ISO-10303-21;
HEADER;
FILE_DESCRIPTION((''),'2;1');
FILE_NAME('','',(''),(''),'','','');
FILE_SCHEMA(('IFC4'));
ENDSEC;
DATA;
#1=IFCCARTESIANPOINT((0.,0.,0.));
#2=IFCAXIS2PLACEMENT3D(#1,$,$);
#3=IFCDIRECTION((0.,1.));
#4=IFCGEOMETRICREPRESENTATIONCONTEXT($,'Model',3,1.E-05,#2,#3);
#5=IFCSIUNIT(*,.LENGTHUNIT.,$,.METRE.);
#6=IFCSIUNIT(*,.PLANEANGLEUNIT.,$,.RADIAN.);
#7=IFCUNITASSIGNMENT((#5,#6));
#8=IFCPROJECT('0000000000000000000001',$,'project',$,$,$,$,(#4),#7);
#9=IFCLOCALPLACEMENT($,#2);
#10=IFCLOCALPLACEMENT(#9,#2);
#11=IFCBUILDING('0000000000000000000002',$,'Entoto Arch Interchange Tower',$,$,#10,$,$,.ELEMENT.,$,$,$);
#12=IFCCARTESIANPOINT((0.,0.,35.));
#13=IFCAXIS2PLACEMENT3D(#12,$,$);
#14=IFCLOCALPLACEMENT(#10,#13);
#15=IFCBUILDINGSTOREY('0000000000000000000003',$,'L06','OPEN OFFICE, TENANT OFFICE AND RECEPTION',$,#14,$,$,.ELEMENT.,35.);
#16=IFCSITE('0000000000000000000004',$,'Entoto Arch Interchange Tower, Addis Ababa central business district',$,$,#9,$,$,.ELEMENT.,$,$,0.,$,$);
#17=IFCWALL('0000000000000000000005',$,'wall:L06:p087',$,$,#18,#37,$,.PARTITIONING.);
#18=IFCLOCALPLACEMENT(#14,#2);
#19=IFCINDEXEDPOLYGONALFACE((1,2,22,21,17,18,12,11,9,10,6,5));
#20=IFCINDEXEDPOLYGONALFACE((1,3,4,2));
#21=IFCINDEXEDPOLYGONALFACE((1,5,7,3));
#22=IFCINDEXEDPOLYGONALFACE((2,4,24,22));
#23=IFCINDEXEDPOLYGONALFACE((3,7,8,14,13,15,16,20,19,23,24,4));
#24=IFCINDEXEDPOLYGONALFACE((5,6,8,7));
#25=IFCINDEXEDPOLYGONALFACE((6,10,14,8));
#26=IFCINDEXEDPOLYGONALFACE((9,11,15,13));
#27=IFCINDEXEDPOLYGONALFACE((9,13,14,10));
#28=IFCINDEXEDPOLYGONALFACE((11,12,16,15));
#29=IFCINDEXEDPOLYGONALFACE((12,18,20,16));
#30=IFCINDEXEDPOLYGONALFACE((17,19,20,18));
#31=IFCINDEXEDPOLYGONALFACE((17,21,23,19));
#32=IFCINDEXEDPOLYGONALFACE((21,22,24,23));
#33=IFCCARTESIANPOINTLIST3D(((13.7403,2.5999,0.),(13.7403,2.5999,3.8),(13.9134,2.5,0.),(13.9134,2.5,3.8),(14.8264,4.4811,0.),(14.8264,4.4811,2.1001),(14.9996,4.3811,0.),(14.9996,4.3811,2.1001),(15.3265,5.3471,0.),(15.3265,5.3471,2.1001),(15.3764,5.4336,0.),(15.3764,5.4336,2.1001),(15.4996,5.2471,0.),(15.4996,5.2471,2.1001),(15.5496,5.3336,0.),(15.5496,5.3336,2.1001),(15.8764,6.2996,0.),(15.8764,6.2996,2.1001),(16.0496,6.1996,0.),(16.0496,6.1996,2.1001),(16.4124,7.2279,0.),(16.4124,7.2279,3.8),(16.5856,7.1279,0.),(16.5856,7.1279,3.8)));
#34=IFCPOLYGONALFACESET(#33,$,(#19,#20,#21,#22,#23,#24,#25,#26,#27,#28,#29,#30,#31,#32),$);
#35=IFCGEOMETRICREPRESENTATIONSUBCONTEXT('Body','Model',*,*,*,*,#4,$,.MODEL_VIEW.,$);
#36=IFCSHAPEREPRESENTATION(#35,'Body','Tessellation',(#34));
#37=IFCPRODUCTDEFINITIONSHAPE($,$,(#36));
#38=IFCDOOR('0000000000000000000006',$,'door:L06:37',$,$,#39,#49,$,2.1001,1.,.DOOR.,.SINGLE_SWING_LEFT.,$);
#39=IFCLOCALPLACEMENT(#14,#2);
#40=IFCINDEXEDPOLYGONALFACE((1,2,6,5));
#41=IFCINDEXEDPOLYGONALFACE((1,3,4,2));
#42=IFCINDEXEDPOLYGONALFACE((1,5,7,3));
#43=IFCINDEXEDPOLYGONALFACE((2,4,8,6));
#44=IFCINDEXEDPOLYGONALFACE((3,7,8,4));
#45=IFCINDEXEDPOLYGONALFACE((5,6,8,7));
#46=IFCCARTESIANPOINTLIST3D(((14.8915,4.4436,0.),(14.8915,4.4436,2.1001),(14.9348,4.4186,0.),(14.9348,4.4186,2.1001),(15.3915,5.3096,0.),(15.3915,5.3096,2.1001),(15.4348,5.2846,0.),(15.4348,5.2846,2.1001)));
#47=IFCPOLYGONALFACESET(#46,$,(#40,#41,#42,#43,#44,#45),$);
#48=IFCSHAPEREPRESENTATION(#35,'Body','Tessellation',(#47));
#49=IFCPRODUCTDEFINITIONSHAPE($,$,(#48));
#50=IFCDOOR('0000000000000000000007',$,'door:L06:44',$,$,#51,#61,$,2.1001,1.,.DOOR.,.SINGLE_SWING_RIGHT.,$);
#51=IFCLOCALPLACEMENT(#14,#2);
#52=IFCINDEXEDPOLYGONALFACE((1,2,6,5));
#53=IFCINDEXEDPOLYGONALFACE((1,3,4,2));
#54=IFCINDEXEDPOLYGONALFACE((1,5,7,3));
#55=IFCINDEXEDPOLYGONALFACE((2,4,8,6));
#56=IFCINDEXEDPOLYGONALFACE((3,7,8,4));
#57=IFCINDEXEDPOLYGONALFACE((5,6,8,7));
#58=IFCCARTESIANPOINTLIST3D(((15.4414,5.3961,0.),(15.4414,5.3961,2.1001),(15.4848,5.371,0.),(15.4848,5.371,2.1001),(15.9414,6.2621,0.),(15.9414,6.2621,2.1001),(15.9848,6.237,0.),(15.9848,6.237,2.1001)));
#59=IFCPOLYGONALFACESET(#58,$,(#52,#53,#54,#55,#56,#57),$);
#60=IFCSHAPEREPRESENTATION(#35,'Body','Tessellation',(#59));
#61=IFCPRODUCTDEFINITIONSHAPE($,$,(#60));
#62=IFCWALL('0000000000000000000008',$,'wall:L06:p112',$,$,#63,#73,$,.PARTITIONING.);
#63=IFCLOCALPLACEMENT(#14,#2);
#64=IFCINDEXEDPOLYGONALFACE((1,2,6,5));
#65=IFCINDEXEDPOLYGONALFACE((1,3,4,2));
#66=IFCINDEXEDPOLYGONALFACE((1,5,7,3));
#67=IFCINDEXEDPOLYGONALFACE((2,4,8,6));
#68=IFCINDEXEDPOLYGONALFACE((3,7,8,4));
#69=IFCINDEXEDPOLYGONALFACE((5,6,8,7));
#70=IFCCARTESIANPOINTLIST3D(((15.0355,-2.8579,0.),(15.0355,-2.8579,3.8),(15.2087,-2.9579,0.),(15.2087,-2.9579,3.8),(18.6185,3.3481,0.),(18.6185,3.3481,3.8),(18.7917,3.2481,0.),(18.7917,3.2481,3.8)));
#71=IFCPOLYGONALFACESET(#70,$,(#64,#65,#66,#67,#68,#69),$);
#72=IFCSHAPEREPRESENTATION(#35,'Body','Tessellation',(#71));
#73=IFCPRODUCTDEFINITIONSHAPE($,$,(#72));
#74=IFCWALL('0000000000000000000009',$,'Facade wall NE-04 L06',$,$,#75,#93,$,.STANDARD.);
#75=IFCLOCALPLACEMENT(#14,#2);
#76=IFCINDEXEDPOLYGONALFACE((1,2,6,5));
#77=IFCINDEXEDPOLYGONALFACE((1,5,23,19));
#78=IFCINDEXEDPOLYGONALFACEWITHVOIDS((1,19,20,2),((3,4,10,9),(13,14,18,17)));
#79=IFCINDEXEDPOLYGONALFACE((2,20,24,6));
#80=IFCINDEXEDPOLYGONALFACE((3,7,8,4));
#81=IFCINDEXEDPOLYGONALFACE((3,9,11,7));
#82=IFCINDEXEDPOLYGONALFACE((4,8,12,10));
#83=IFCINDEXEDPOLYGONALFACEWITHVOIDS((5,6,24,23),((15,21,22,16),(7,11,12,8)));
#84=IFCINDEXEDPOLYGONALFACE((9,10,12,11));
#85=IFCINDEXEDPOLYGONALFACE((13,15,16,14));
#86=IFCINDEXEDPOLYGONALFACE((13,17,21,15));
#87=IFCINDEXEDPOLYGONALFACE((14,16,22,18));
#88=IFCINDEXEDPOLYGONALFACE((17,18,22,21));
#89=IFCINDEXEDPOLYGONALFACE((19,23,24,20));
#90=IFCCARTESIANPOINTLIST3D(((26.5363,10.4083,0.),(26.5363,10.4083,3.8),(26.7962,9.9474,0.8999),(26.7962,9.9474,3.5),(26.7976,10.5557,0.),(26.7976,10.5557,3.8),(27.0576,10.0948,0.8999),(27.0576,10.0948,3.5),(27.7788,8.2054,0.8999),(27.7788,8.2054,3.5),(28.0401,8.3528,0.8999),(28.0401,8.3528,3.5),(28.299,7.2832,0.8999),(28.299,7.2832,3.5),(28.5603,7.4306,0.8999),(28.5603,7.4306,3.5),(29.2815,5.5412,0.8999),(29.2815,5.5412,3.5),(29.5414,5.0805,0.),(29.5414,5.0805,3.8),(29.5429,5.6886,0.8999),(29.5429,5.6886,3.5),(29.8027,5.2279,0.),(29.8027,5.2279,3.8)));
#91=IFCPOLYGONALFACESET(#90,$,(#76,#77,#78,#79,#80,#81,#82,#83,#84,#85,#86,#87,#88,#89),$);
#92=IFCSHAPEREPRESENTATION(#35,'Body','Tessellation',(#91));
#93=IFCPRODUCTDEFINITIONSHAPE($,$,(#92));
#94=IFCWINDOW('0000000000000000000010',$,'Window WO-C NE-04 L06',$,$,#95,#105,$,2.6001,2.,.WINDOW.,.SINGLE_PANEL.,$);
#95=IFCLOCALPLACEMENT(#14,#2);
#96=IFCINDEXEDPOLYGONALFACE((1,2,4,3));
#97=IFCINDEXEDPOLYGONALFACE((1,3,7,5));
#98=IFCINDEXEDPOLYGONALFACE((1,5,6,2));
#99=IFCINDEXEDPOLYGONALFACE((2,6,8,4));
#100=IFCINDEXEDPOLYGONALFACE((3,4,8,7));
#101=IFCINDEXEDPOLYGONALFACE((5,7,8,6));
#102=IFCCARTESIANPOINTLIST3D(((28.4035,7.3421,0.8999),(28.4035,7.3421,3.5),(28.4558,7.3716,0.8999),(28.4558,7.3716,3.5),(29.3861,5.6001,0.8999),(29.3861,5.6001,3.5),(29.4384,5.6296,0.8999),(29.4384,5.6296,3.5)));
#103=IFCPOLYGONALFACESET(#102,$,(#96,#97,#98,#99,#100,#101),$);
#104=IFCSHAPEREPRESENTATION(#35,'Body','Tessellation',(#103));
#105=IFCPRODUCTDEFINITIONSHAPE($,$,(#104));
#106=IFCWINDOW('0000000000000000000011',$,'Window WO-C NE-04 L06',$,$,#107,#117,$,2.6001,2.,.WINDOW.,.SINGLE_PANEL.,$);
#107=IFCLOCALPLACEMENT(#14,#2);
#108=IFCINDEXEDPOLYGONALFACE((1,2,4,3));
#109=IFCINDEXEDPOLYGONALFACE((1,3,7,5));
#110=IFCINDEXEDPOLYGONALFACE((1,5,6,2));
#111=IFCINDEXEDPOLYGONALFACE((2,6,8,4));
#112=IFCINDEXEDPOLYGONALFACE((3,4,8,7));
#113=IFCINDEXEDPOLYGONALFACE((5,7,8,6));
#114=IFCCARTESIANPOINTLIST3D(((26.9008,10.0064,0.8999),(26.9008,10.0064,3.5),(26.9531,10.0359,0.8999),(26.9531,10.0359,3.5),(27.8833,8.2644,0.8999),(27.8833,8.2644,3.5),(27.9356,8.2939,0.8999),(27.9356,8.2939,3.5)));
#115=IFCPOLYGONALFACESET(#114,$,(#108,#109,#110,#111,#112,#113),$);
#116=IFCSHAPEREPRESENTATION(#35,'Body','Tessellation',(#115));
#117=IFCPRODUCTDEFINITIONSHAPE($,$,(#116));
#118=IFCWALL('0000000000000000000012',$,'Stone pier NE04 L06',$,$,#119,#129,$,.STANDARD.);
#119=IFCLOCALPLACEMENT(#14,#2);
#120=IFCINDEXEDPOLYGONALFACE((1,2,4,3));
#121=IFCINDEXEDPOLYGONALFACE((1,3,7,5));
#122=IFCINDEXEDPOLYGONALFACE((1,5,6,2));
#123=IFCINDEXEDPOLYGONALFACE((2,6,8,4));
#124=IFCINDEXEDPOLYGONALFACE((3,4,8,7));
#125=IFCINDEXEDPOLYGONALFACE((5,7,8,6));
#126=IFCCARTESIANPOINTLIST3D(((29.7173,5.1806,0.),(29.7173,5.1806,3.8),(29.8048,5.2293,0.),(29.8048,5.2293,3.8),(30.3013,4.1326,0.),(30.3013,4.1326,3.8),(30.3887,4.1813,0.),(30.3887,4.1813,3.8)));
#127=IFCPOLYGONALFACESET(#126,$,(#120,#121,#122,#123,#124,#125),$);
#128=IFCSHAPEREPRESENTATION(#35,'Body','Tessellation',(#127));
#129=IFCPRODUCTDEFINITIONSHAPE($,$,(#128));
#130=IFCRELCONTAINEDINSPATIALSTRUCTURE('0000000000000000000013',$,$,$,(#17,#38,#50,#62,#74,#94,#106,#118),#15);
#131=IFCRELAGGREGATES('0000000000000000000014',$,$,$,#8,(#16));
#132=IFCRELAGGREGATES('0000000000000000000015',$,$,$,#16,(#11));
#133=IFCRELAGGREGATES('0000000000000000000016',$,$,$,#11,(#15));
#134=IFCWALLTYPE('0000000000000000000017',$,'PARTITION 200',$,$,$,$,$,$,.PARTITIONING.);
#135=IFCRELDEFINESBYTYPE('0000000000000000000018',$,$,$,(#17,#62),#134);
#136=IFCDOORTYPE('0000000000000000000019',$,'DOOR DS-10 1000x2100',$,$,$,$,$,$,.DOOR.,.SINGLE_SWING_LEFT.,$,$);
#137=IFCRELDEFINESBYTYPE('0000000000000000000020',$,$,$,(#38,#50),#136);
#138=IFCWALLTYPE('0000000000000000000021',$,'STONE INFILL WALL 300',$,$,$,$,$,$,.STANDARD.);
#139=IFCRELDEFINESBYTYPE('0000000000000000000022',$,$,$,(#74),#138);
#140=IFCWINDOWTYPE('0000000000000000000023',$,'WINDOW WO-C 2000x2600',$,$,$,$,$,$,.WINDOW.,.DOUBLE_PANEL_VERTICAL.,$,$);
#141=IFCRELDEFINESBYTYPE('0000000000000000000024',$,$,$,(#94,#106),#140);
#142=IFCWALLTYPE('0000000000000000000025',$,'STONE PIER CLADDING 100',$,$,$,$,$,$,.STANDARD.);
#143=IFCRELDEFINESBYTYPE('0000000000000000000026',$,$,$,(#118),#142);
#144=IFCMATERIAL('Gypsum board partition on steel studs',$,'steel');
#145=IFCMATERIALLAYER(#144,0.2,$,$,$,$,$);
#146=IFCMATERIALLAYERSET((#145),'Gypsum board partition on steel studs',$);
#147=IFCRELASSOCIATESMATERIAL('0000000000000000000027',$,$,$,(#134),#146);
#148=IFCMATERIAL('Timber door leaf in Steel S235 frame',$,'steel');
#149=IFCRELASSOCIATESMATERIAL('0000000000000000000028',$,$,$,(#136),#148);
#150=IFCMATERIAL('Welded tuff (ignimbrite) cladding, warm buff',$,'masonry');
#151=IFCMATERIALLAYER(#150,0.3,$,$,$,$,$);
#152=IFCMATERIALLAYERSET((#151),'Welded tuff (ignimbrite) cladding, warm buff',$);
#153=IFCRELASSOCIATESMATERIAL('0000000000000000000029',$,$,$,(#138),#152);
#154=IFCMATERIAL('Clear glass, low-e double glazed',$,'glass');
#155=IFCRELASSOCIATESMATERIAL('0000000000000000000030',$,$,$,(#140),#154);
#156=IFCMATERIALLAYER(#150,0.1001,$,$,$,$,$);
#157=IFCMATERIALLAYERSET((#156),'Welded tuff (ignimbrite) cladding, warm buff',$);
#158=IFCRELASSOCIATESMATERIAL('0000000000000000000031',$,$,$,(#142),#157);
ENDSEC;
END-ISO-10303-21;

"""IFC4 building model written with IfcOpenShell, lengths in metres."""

from ifc_helpers import new_model, si_unit, direction, frame, frame_2d, origin, place, context, subcontext, project, spatial, rectangle, extrude, material, layer, layer_set, type_object, element, fill, save


model = new_model("IFC4")

# Units and contexts
model_context = context("Model", 3, precision=1e-05, world=origin(), true_north=direction((0.0, 1.0)))
body_context = subcontext(model_context, "Body", "Model", "MODEL_VIEW")
ifc_project = project(units=[si_unit("LENGTHUNIT", "METRE"), si_unit("PLANEANGLEUNIT", "RADIAN")], contexts=[model_context])

# Site, building, storey
site_placement = place(None, origin())
site = spatial("IfcSite", under=ifc_project, at=site_placement, Name="Entoto Arch Interchange Tower, Addis Ababa central business district", CompositionType="ELEMENT", RefElevation=0.0)
building_placement = place(site_placement, origin())
building = spatial("IfcBuilding", under=site, at=building_placement, Name="Entoto Arch Interchange Tower", CompositionType="ELEMENT")
storey_placement = place(building_placement, frame((0.0, 0.0, 35.0)))
storey = spatial("IfcBuildingStorey", under=building, at=storey_placement, Name="L06", Description="OPEN OFFICE, TENANT OFFICE AND RECEPTION", CompositionType="ELEMENT", Elevation=35.0)

# Shared definitions
ifc_material_1 = material(Name="Gypsum board partition on steel studs", Category="steel")
ifc_layer_1 = layer(ifc_material_1, 0.2)
ifc_layer_set_1 = layer_set([ifc_layer_1], Name="Gypsum board partition on steel studs")
wall_type_1 = type_object("IfcWallType", Name="PARTITION 200", PredefinedType="PARTITIONING", material=ifc_layer_set_1)

# Shared definitions
ifc_material_2 = material(Name="Timber door leaf in Steel S235 frame", Category="steel")
door_type = type_object("IfcDoorType", Name="DOOR DS-10 1000x2100", OperationType="SINGLE_SWING_LEFT", PredefinedType="DOOR", material=ifc_material_2)

# Wall, openings, doors
wall_1_placement = place(storey_placement, frame((13.8269, 2.55, 0.0), z_axis=(0.0, 0.0, 1.0), x_axis=(0.500026, 0.866011, 0.0)))
wall_1 = element("IfcWall", 1, at=wall_1_placement, inside=storey, type_object=wall_type_1, Name="wall:L06:p087", PredefinedType="PARTITIONING", context=body_context, shape_type="SweptSolid", body=[
    extrude(rectangle(XDim=5.344, YDim=0.2, at=frame_2d((2.6719, 0.0))), origin(), (0.0, 0.0, 1.0), 3.8),
])
opening_1_placement = place(wall_1_placement, frame((2.1721, 0.0, 0.0)))
opening_1 = element("IfcOpeningElement", 2, at=opening_1_placement, cuts=wall_1, PredefinedType="OPENING", context=body_context, shape_type="SweptSolid", body=[
    extrude(rectangle(XDim=1.0, YDim=2.1001, at=frame_2d((0.5, 1.05))), frame((0.0, 0.1099, 0.0), z_axis=(0.0, -1.0, 0.0), x_axis=(1.0, 0.0, 0.0)), (0.0, 0.0, 1.0), 0.22),
])
opening_2_placement = place(wall_1_placement, frame((3.272, 0.0, 0.0)))
opening_2 = element("IfcOpeningElement", 3, at=opening_2_placement, cuts=wall_1, PredefinedType="OPENING", context=body_context, shape_type="SweptSolid", body=[
    extrude(rectangle(XDim=1.0, YDim=2.1001, at=frame_2d((0.5, 1.05))), frame((0.0, 0.1099, 0.0), z_axis=(0.0, -1.0, 0.0), x_axis=(1.0, 0.0, 0.0)), (0.0, 0.0, 1.0), 0.22),
])
door_1_placement = place(opening_1_placement, origin())
door_1 = element("IfcDoor", 4, at=door_1_placement, inside=storey, type_object=door_type, Name="door:L06:37", OperationType="SINGLE_SWING_LEFT", OverallHeight=2.1001, OverallWidth=1.0, PredefinedType="DOOR", context=body_context, shape_type="SweptSolid", body=[
    extrude(rectangle(XDim=1.0, YDim=2.1001, at=frame_2d((0.5, 1.05))), frame((0.0, 0.0249, 0.0), z_axis=(0.0, -1.0, 0.0), x_axis=(1.0, 0.0, 0.0)), (0.0, 0.0, 1.0), 0.05),
])
fill(opening_1, door_1)
door_2_placement = place(opening_2_placement, origin())
door_2 = element("IfcDoor", 5, at=door_2_placement, inside=storey, type_object=door_type, Name="door:L06:44", OperationType="SINGLE_SWING_RIGHT", OverallHeight=2.1001, OverallWidth=1.0, PredefinedType="DOOR", context=body_context, shape_type="SweptSolid", body=[
    extrude(rectangle(XDim=1.0, YDim=2.1001, at=frame_2d((0.5, 1.05))), frame((0.0, 0.0249, 0.0), z_axis=(0.0, -1.0, 0.0), x_axis=(1.0, 0.0, 0.0)), (0.0, 0.0, 1.0), 0.05),
])
fill(opening_2, door_2)

# Wall
wall_2_placement = place(storey_placement, frame((18.7051, 3.2981, 0.0), z_axis=(0.0, 0.0, 1.0), x_axis=(-0.499994, -0.866029, 0.0)))
element("IfcWall", 6, at=wall_2_placement, inside=storey, type_object=wall_type_1, Name="wall:L06:p112", PredefinedType="PARTITIONING", context=body_context, shape_type="SweptSolid", body=[
    extrude(rectangle(XDim=7.166, YDim=0.2, at=frame_2d((3.583, 0.0))), origin(), (0.0, 0.0, 1.0), 3.8),
])

# Wall, openings, windows
ifc_material_3 = material(Name="Welded tuff (ignimbrite) cladding, warm buff", Category="masonry")
ifc_layer_2 = layer(ifc_material_3, 0.3)
ifc_layer_set_2 = layer_set([ifc_layer_2], Name="Welded tuff (ignimbrite) cladding, warm buff")
wall_type_2 = type_object("IfcWallType", Name="STONE INFILL WALL 300", PredefinedType="STANDARD", material=ifc_layer_set_2)
wall_3_placement = place(storey_placement, frame((29.6721, 5.1541, 0.0), z_axis=(0.0, 0.0, 1.0), x_axis=(-0.491278, 0.871003, 0.0)))
wall_3 = element("IfcWall", 7, at=wall_3_placement, inside=storey, type_object=wall_type_2, Name="Facade wall NE-04 L06", PredefinedType="STANDARD", context=body_context, shape_type="SweptSolid", body=[
    extrude(rectangle(XDim=6.1169, YDim=0.3, at=frame_2d((3.0586, 0.0))), origin(), (0.0, 0.0, 1.0), 3.8),
])
opening_3_placement = place(wall_3_placement, frame((0.5291, 0.0, 0.8999)))
opening_3 = element("IfcOpeningElement", 8, at=opening_3_placement, cuts=wall_3, PredefinedType="OPENING", context=body_context, shape_type="SweptSolid", body=[
    extrude(rectangle(XDim=2.0, YDim=2.6001, at=frame_2d((1.0, 1.3))), frame((0.0, 0.1602, 0.0), z_axis=(0.0, -1.0, 0.0), x_axis=(1.0, 0.0, 0.0)), (0.0, 0.0, 1.0), 0.3201),
])
opening_4_placement = place(wall_3_placement, frame((3.5879, 0.0, 0.8999)))
opening_4 = element("IfcOpeningElement", 9, at=opening_4_placement, cuts=wall_3, PredefinedType="OPENING", context=body_context, shape_type="SweptSolid", body=[
    extrude(rectangle(XDim=2.0, YDim=2.6001, at=frame_2d((1.0, 1.3))), frame((0.0, 0.1602, 0.0), z_axis=(0.0, -1.0, 0.0), x_axis=(1.0, 0.0, 0.0)), (0.0, 0.0, 1.0), 0.3201),
])
ifc_material_4 = material(Name="Clear glass, low-e double glazed", Category="glass")
window_type = type_object("IfcWindowType", Name="WINDOW WO-C 2000x2600", PartitioningType="DOUBLE_PANEL_VERTICAL", PredefinedType="WINDOW", material=ifc_material_4)
window_1_placement = place(opening_3_placement, origin())
window_1 = element("IfcWindow", 10, at=window_1_placement, inside=storey, type_object=window_type, Name="Window WO-C NE-04 L06", OverallHeight=2.6001, OverallWidth=2.0, PartitioningType="SINGLE_PANEL", PredefinedType="WINDOW", context=body_context, shape_type="SweptSolid", body=[
    extrude(rectangle(XDim=2.0, YDim=2.6001, at=frame_2d((1.0, 1.3))), frame((0.0, 0.03, 0.0), z_axis=(0.0, -1.0, 0.0), x_axis=(1.0, 0.0, 0.0)), (0.0, 0.0, 1.0), 0.0601),
])
fill(opening_3, window_1)
window_2_placement = place(opening_4_placement, origin())
window_2 = element("IfcWindow", 11, at=window_2_placement, inside=storey, type_object=window_type, Name="Window WO-C NE-04 L06", OverallHeight=2.6001, OverallWidth=2.0, PartitioningType="SINGLE_PANEL", PredefinedType="WINDOW", context=body_context, shape_type="SweptSolid", body=[
    extrude(rectangle(XDim=2.0, YDim=2.6001, at=frame_2d((1.0, 1.3))), frame((0.0, 0.03, 0.0), z_axis=(0.0, -1.0, 0.0), x_axis=(1.0, 0.0, 0.0)), (0.0, 0.0, 1.0), 0.0601),
])
fill(opening_4, window_2)

# Wall
ifc_layer_3 = layer(ifc_material_3, 0.1001)
ifc_layer_set_3 = layer_set([ifc_layer_3], Name="Welded tuff (ignimbrite) cladding, warm buff")
wall_type_3 = type_object("IfcWallType", Name="STONE PIER CLADDING 100", PredefinedType="STANDARD", material=ifc_layer_set_3)
wall_4_placement = place(storey_placement, frame((30.345, 4.157, 0.0), z_axis=(0.0, 0.0, 1.0), x_axis=(-0.486731, 0.873552, 0.0)))
element("IfcWall", 12, at=wall_4_placement, inside=storey, type_object=wall_type_3, Name="Stone pier NE04 L06", PredefinedType="STANDARD", context=body_context, shape_type="SweptSolid", body=[
    extrude(rectangle(XDim=1.1997, YDim=0.1001, at=frame_2d((0.5999, 0.0))), origin(), (0.0, 0.0, 1.0), 3.8),
])

save(model, "model.ifc")
